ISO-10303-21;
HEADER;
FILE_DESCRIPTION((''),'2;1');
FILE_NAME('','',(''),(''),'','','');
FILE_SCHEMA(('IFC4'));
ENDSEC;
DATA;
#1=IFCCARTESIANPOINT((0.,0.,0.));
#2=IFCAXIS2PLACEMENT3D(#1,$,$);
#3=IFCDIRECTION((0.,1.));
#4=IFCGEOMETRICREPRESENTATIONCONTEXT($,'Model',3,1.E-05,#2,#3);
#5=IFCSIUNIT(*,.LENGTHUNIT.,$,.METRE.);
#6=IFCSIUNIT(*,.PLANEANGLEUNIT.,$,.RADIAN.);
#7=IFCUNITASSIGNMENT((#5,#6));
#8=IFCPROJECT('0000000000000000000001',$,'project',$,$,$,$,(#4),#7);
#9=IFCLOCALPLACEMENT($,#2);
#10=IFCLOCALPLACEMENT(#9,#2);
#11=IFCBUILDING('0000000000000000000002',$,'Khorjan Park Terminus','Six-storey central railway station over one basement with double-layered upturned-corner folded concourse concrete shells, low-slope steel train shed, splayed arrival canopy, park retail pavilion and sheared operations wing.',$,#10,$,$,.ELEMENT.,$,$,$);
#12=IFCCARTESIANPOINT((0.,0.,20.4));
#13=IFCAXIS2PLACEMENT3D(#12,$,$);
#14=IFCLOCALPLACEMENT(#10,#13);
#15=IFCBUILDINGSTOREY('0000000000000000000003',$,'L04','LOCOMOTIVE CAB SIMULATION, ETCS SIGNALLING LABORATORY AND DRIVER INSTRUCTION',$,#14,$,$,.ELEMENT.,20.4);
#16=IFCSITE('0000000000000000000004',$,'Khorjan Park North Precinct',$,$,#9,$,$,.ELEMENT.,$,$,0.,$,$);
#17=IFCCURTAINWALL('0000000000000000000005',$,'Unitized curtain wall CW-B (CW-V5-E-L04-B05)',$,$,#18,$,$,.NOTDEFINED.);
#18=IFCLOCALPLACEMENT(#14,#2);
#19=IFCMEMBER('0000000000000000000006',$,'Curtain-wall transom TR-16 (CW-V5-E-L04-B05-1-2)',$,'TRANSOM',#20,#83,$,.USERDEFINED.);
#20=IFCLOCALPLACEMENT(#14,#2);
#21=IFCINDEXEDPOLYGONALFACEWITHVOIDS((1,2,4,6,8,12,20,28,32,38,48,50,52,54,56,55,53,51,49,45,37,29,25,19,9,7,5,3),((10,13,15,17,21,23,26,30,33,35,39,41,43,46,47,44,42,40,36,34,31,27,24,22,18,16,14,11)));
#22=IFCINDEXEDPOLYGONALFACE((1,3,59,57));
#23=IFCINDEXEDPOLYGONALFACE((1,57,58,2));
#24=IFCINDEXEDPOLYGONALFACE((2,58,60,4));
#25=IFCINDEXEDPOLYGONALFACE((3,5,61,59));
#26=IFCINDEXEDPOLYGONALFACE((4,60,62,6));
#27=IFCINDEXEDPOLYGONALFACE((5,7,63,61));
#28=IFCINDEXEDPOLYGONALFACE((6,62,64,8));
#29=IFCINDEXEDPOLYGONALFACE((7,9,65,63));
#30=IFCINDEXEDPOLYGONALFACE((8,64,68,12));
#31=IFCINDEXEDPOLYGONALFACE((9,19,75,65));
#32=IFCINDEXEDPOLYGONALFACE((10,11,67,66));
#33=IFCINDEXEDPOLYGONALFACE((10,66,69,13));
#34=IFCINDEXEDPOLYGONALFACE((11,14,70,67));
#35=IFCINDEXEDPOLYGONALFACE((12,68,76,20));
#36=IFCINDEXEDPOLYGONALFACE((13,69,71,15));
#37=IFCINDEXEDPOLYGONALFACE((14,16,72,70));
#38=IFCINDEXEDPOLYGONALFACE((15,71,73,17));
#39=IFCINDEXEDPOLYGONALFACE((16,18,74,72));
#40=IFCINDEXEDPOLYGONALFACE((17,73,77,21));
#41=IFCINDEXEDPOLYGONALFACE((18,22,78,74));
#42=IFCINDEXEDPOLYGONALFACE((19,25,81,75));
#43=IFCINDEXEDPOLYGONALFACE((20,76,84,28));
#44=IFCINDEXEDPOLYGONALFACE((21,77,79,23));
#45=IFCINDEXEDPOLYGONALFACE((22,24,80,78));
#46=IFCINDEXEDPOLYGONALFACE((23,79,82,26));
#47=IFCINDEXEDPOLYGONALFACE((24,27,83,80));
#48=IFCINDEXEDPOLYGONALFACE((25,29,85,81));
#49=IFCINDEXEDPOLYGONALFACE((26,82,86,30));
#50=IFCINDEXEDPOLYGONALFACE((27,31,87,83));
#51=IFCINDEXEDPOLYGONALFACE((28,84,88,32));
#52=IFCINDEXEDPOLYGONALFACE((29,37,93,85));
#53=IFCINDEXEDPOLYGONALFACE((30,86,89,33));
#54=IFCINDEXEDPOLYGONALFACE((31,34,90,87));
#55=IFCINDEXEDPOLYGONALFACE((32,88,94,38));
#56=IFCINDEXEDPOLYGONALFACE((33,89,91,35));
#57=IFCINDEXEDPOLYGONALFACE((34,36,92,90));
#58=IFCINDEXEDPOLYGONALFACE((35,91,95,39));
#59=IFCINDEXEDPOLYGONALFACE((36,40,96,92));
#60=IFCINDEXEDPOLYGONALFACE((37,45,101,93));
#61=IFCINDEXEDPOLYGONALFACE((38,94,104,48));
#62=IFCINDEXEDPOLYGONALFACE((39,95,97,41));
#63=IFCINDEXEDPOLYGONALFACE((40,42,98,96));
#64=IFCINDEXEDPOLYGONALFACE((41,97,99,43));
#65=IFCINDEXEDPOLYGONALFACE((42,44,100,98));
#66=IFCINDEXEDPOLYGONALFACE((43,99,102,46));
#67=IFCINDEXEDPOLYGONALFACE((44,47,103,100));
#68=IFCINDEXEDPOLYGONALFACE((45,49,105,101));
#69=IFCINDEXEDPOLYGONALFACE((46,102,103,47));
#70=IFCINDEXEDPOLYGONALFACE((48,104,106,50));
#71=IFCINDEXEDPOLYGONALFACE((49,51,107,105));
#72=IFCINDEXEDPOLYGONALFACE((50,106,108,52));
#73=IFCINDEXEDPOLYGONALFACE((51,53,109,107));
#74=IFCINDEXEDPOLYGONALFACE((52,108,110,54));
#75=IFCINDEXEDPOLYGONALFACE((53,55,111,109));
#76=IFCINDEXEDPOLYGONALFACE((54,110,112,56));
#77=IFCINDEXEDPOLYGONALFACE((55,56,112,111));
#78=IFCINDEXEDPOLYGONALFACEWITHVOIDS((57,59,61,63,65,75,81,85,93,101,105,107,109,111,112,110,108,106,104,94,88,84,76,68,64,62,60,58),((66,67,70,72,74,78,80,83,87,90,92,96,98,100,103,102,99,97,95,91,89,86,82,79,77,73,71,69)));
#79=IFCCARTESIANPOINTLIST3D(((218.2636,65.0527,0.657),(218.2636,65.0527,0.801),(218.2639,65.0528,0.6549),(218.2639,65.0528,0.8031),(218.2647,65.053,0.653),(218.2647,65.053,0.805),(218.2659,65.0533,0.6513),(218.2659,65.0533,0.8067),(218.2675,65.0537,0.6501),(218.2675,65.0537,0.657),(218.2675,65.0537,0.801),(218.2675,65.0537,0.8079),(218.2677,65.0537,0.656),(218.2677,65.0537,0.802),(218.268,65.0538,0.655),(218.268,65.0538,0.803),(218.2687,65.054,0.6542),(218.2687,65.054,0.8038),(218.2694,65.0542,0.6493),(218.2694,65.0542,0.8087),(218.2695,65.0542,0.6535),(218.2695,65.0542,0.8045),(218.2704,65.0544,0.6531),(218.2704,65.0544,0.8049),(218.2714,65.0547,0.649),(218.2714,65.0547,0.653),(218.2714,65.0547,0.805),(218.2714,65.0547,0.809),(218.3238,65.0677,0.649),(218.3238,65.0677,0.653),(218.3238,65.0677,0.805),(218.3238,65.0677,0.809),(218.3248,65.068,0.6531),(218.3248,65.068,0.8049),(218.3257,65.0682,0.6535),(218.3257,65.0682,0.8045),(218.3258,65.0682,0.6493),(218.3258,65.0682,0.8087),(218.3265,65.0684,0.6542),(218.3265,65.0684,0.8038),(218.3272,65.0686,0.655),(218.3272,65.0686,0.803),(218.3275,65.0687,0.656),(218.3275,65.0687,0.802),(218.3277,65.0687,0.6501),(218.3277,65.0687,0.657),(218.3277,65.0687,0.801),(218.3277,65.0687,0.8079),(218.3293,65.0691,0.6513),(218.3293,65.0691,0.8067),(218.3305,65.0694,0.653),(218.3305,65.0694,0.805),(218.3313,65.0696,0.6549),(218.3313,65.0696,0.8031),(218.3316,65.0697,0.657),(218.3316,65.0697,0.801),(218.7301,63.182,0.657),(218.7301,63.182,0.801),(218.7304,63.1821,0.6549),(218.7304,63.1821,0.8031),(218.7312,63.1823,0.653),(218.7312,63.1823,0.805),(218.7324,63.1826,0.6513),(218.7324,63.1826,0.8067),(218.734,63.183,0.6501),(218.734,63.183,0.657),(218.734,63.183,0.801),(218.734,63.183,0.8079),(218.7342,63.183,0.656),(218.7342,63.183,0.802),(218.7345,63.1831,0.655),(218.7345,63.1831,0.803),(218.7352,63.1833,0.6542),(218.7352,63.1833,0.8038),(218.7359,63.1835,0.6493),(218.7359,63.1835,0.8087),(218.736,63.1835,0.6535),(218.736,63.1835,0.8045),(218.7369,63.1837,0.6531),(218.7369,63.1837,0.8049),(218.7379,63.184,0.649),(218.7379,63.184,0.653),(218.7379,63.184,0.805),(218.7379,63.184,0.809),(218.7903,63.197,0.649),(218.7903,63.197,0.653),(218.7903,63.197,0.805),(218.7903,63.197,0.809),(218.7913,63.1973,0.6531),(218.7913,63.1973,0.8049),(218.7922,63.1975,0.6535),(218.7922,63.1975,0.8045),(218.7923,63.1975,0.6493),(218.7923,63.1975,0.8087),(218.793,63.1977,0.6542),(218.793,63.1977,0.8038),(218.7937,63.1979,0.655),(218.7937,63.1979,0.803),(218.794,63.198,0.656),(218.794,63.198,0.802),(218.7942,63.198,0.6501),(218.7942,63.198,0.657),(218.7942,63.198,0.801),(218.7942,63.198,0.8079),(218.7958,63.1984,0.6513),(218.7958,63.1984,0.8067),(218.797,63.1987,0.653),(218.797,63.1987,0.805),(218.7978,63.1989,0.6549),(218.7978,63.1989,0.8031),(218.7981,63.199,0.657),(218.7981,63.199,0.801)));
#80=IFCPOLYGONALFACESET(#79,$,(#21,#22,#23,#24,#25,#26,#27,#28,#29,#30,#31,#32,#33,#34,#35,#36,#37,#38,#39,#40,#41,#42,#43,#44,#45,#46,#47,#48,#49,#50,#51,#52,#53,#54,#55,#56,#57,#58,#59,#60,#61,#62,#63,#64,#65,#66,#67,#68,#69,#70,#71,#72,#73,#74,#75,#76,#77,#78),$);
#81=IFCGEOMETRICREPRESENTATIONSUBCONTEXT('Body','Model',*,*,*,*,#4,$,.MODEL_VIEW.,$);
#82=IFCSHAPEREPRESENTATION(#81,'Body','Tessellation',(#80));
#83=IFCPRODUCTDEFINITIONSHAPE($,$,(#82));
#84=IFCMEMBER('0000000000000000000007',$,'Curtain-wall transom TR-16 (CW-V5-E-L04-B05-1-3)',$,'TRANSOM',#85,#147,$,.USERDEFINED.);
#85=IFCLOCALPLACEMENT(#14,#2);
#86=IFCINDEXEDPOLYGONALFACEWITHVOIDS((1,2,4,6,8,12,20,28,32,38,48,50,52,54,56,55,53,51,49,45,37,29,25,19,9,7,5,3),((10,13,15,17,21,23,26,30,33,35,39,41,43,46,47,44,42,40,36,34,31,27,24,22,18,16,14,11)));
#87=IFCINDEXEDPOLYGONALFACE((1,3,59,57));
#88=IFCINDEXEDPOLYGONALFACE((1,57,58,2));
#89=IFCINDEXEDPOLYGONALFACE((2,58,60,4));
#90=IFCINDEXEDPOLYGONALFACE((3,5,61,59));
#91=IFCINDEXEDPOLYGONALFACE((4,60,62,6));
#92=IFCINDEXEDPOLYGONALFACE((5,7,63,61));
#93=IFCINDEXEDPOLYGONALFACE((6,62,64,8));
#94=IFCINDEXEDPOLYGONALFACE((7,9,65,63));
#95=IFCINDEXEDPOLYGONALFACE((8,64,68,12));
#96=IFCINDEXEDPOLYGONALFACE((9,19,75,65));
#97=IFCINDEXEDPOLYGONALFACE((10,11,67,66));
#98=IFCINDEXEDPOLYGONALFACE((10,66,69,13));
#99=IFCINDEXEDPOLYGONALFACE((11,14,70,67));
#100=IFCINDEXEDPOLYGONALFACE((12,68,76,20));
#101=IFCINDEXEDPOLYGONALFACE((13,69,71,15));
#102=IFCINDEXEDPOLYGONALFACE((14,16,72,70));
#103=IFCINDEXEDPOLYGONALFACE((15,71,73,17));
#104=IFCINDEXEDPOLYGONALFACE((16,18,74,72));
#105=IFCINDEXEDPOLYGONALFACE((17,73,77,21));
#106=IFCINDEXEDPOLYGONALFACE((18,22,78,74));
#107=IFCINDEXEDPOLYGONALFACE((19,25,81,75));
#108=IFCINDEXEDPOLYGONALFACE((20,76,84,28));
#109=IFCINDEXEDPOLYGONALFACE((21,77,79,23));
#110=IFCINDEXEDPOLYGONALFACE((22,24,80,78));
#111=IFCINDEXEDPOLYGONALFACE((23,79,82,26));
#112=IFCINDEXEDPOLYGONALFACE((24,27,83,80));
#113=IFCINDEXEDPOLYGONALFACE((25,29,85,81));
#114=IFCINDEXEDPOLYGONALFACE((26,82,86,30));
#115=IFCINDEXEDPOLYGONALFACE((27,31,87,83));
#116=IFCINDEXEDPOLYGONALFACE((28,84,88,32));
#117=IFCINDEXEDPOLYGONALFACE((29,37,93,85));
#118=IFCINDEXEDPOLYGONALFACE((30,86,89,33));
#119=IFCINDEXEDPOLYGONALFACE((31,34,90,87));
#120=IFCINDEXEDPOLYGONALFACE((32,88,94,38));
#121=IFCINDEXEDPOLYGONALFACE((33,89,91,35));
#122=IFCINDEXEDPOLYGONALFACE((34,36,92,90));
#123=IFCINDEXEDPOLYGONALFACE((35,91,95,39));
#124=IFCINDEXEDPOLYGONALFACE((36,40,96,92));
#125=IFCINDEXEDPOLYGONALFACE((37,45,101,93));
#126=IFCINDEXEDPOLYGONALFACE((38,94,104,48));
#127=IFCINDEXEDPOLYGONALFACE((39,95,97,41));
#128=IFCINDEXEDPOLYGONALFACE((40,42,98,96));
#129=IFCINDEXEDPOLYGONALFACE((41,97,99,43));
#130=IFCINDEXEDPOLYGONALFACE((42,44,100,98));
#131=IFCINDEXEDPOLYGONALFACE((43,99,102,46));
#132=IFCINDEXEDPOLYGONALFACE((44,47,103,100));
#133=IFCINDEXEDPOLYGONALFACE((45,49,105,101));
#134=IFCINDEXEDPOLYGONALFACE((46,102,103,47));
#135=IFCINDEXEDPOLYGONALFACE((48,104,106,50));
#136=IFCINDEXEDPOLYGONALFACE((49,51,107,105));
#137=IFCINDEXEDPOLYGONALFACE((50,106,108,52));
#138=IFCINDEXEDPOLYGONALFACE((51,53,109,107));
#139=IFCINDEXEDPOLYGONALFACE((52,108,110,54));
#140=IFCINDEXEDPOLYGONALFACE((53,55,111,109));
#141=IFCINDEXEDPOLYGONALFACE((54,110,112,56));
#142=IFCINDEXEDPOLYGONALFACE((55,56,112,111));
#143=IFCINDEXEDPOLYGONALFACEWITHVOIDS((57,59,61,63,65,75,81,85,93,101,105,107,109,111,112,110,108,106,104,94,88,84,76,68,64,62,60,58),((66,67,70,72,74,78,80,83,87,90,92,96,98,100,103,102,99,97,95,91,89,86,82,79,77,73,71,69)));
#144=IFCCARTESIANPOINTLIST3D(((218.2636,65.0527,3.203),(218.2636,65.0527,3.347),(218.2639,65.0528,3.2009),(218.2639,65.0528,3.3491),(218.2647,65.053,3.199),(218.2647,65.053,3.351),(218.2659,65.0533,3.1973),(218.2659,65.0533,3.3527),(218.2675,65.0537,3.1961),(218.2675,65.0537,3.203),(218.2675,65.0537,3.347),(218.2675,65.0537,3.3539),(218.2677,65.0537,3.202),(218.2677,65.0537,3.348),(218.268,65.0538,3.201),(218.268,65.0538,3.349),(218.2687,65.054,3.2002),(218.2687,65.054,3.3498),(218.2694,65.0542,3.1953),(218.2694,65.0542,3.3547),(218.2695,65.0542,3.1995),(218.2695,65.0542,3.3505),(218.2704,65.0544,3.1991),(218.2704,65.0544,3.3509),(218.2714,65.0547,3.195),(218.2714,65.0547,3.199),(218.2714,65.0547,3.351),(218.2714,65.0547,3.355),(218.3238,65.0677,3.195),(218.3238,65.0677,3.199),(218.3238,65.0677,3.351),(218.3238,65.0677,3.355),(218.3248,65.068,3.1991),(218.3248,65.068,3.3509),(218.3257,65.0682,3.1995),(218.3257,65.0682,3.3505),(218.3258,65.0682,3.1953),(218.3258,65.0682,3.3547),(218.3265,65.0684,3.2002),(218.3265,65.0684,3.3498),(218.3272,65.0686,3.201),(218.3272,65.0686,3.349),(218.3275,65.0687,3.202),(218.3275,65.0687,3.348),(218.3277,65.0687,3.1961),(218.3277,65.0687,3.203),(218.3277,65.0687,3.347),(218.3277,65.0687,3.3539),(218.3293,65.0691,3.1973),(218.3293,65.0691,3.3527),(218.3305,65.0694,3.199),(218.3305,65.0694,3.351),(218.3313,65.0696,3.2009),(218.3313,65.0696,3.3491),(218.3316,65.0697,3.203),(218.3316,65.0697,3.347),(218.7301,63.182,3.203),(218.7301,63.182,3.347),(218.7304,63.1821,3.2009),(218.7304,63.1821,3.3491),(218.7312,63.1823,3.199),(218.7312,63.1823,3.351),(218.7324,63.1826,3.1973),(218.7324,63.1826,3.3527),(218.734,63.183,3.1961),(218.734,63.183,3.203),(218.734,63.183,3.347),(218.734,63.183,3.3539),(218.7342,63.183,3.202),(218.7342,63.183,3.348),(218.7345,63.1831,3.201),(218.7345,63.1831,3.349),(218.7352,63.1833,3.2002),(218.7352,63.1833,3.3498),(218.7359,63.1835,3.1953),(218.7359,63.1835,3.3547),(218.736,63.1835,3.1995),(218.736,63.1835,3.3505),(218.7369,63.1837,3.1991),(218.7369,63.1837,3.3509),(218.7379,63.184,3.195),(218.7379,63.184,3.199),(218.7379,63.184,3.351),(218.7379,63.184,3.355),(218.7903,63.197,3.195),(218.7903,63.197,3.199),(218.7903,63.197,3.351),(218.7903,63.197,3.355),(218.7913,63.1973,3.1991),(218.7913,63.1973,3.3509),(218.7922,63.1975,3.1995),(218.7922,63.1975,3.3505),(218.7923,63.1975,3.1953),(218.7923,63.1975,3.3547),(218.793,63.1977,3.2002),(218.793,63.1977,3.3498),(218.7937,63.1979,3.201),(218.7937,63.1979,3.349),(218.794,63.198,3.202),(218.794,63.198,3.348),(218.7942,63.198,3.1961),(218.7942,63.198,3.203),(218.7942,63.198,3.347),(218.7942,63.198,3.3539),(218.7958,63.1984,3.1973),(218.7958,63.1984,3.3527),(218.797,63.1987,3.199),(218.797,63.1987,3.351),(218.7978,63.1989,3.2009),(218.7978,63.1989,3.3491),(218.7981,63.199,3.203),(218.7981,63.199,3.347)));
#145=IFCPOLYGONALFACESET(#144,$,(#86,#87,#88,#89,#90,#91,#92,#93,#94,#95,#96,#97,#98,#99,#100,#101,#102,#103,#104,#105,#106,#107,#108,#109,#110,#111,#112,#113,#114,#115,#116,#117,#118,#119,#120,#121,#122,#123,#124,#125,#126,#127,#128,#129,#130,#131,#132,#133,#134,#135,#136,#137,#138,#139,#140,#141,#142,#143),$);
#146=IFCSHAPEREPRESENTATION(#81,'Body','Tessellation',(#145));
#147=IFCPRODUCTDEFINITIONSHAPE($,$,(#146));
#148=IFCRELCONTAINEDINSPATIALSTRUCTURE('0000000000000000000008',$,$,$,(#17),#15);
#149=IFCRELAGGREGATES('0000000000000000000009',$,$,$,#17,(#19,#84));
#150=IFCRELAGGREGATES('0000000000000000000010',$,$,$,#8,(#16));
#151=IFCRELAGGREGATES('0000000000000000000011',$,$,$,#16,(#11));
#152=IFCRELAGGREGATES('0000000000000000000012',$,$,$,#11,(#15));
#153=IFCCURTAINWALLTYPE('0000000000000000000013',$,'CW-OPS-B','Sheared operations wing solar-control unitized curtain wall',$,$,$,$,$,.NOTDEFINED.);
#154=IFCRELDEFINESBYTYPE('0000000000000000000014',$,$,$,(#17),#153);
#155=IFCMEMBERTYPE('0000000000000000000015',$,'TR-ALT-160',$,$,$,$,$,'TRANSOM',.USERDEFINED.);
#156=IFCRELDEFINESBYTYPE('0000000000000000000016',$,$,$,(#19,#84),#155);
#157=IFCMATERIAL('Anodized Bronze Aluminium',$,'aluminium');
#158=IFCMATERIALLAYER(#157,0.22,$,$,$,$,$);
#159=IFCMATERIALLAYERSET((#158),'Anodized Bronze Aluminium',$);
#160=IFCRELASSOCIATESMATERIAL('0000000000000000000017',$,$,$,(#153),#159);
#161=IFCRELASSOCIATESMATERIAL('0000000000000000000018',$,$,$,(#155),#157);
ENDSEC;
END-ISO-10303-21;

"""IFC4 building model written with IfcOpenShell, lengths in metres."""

from ifc_helpers import new_model, si_unit, direction, frame, origin, origin_2d, place, context, subcontext, project, spatial, hollow_rectangle, extrude, material, layer, layer_set, material_profile, profile_set, type_object, element, aggregate, save


model = new_model("IFC4")

# Units and contexts
model_context = context("Model", 3, precision=1e-05, world=origin(), true_north=direction((0.0, 1.0)))
body_context = subcontext(model_context, "Body", "Model", "MODEL_VIEW")
ifc_project = project(units=[si_unit("LENGTHUNIT", "METRE"), si_unit("PLANEANGLEUNIT", "RADIAN")], contexts=[model_context])

# Site, building, storey
site_placement = place(None, origin())
site = spatial("IfcSite", under=ifc_project, at=site_placement, Name="Khorjan Park North Precinct", CompositionType="ELEMENT", RefElevation=0.0)
building_placement = place(site_placement, origin())
building = spatial("IfcBuilding", under=site, at=building_placement, Name="Khorjan Park Terminus", Description="Six-storey central railway station over one basement with double-layered upturned-corner folded concourse concrete shells, low-slope steel train shed, splayed arrival canopy, park retail pavilion and sheared operations wing.", CompositionType="ELEMENT")
storey_placement = place(building_placement, frame((0.0, 0.0, 20.4)))
storey = spatial("IfcBuildingStorey", under=building, at=storey_placement, Name="L04", Description="LOCOMOTIVE CAB SIMULATION, ETCS SIGNALLING LABORATORY AND DRIVER INSTRUCTION", CompositionType="ELEMENT", Elevation=20.4)

# Curtain wall, members
ifc_material_1 = material(Name="Anodized Bronze Aluminium", Category="aluminium")
ifc_layer_1 = layer(ifc_material_1, 0.22)
ifc_layer_set_1 = layer_set([ifc_layer_1], Name="Anodized Bronze Aluminium")
curtain_wall_type = type_object("IfcCurtainWallType", Name="CW-OPS-B", Description="Sheared operations wing solar-control unitized curtain wall", PredefinedType="NOTDEFINED", material=ifc_layer_set_1)
curtain_wall_placement = place(storey_placement, origin())
curtain_wall = element("IfcCurtainWall", 1, at=curtain_wall_placement, inside=storey, type_object=curtain_wall_type, Name="Unitized curtain wall CW-B (CW-V5-E-L04-B05)", PredefinedType="NOTDEFINED")
ifc_material_profile_1 = material_profile(ifc_material_1, hollow_rectangle(XDim=0.07, YDim=0.16, WallThickness=0.004, InnerFilletRadius=0.004, OuterFilletRadius=0.008, at=origin_2d()), Name="ALT 70x160x4")
ifc_profile_set_1 = profile_set([ifc_material_profile_1], Name="Anodized Bronze Aluminium")
member_type_1 = type_object("IfcMemberType", Name="TR-ALT-160", ElementType="TRANSOM", PredefinedType="USERDEFINED", material=ifc_profile_set_1)
member_1_placement = place(storey_placement, frame((218.7641, 63.1905, 0.729), z_axis=(-0.241962, 0.970286, 0.0), x_axis=(-0.970286, -0.241962, 0.0)))
member_1 = element("IfcMember", 2, at=member_1_placement, type_object=member_type_1, Name="Curtain-wall transom TR-16 (CW-V5-E-L04-B05-1-2)", ObjectType="TRANSOM", PredefinedType="USERDEFINED", context=body_context, shape_type="SweptSolid", body=[
    extrude(hollow_rectangle(XDim=0.07, YDim=0.16, WallThickness=0.004, InnerFilletRadius=0.004, OuterFilletRadius=0.008, at=origin_2d()), origin(), (0.0, 0.0, 1.0), 1.928),
])
member_2_placement = place(storey_placement, frame((218.7641, 63.1905, 3.275), z_axis=(-0.241962, 0.970286, 0.0), x_axis=(-0.970286, -0.241962, 0.0)))
member_2 = element("IfcMember", 3, at=member_2_placement, type_object=member_type_1, Name="Curtain-wall transom TR-16 (CW-V5-E-L04-B05-1-3)", ObjectType="TRANSOM", PredefinedType="USERDEFINED", context=body_context, shape_type="SweptSolid", body=[
    extrude(hollow_rectangle(XDim=0.07, YDim=0.16, WallThickness=0.004, InnerFilletRadius=0.004, OuterFilletRadius=0.008, at=origin_2d()), origin(), (0.0, 0.0, 1.0), 1.928),
])
aggregate(curtain_wall, [member_1, member_2])

save(model, "model.ifc")
